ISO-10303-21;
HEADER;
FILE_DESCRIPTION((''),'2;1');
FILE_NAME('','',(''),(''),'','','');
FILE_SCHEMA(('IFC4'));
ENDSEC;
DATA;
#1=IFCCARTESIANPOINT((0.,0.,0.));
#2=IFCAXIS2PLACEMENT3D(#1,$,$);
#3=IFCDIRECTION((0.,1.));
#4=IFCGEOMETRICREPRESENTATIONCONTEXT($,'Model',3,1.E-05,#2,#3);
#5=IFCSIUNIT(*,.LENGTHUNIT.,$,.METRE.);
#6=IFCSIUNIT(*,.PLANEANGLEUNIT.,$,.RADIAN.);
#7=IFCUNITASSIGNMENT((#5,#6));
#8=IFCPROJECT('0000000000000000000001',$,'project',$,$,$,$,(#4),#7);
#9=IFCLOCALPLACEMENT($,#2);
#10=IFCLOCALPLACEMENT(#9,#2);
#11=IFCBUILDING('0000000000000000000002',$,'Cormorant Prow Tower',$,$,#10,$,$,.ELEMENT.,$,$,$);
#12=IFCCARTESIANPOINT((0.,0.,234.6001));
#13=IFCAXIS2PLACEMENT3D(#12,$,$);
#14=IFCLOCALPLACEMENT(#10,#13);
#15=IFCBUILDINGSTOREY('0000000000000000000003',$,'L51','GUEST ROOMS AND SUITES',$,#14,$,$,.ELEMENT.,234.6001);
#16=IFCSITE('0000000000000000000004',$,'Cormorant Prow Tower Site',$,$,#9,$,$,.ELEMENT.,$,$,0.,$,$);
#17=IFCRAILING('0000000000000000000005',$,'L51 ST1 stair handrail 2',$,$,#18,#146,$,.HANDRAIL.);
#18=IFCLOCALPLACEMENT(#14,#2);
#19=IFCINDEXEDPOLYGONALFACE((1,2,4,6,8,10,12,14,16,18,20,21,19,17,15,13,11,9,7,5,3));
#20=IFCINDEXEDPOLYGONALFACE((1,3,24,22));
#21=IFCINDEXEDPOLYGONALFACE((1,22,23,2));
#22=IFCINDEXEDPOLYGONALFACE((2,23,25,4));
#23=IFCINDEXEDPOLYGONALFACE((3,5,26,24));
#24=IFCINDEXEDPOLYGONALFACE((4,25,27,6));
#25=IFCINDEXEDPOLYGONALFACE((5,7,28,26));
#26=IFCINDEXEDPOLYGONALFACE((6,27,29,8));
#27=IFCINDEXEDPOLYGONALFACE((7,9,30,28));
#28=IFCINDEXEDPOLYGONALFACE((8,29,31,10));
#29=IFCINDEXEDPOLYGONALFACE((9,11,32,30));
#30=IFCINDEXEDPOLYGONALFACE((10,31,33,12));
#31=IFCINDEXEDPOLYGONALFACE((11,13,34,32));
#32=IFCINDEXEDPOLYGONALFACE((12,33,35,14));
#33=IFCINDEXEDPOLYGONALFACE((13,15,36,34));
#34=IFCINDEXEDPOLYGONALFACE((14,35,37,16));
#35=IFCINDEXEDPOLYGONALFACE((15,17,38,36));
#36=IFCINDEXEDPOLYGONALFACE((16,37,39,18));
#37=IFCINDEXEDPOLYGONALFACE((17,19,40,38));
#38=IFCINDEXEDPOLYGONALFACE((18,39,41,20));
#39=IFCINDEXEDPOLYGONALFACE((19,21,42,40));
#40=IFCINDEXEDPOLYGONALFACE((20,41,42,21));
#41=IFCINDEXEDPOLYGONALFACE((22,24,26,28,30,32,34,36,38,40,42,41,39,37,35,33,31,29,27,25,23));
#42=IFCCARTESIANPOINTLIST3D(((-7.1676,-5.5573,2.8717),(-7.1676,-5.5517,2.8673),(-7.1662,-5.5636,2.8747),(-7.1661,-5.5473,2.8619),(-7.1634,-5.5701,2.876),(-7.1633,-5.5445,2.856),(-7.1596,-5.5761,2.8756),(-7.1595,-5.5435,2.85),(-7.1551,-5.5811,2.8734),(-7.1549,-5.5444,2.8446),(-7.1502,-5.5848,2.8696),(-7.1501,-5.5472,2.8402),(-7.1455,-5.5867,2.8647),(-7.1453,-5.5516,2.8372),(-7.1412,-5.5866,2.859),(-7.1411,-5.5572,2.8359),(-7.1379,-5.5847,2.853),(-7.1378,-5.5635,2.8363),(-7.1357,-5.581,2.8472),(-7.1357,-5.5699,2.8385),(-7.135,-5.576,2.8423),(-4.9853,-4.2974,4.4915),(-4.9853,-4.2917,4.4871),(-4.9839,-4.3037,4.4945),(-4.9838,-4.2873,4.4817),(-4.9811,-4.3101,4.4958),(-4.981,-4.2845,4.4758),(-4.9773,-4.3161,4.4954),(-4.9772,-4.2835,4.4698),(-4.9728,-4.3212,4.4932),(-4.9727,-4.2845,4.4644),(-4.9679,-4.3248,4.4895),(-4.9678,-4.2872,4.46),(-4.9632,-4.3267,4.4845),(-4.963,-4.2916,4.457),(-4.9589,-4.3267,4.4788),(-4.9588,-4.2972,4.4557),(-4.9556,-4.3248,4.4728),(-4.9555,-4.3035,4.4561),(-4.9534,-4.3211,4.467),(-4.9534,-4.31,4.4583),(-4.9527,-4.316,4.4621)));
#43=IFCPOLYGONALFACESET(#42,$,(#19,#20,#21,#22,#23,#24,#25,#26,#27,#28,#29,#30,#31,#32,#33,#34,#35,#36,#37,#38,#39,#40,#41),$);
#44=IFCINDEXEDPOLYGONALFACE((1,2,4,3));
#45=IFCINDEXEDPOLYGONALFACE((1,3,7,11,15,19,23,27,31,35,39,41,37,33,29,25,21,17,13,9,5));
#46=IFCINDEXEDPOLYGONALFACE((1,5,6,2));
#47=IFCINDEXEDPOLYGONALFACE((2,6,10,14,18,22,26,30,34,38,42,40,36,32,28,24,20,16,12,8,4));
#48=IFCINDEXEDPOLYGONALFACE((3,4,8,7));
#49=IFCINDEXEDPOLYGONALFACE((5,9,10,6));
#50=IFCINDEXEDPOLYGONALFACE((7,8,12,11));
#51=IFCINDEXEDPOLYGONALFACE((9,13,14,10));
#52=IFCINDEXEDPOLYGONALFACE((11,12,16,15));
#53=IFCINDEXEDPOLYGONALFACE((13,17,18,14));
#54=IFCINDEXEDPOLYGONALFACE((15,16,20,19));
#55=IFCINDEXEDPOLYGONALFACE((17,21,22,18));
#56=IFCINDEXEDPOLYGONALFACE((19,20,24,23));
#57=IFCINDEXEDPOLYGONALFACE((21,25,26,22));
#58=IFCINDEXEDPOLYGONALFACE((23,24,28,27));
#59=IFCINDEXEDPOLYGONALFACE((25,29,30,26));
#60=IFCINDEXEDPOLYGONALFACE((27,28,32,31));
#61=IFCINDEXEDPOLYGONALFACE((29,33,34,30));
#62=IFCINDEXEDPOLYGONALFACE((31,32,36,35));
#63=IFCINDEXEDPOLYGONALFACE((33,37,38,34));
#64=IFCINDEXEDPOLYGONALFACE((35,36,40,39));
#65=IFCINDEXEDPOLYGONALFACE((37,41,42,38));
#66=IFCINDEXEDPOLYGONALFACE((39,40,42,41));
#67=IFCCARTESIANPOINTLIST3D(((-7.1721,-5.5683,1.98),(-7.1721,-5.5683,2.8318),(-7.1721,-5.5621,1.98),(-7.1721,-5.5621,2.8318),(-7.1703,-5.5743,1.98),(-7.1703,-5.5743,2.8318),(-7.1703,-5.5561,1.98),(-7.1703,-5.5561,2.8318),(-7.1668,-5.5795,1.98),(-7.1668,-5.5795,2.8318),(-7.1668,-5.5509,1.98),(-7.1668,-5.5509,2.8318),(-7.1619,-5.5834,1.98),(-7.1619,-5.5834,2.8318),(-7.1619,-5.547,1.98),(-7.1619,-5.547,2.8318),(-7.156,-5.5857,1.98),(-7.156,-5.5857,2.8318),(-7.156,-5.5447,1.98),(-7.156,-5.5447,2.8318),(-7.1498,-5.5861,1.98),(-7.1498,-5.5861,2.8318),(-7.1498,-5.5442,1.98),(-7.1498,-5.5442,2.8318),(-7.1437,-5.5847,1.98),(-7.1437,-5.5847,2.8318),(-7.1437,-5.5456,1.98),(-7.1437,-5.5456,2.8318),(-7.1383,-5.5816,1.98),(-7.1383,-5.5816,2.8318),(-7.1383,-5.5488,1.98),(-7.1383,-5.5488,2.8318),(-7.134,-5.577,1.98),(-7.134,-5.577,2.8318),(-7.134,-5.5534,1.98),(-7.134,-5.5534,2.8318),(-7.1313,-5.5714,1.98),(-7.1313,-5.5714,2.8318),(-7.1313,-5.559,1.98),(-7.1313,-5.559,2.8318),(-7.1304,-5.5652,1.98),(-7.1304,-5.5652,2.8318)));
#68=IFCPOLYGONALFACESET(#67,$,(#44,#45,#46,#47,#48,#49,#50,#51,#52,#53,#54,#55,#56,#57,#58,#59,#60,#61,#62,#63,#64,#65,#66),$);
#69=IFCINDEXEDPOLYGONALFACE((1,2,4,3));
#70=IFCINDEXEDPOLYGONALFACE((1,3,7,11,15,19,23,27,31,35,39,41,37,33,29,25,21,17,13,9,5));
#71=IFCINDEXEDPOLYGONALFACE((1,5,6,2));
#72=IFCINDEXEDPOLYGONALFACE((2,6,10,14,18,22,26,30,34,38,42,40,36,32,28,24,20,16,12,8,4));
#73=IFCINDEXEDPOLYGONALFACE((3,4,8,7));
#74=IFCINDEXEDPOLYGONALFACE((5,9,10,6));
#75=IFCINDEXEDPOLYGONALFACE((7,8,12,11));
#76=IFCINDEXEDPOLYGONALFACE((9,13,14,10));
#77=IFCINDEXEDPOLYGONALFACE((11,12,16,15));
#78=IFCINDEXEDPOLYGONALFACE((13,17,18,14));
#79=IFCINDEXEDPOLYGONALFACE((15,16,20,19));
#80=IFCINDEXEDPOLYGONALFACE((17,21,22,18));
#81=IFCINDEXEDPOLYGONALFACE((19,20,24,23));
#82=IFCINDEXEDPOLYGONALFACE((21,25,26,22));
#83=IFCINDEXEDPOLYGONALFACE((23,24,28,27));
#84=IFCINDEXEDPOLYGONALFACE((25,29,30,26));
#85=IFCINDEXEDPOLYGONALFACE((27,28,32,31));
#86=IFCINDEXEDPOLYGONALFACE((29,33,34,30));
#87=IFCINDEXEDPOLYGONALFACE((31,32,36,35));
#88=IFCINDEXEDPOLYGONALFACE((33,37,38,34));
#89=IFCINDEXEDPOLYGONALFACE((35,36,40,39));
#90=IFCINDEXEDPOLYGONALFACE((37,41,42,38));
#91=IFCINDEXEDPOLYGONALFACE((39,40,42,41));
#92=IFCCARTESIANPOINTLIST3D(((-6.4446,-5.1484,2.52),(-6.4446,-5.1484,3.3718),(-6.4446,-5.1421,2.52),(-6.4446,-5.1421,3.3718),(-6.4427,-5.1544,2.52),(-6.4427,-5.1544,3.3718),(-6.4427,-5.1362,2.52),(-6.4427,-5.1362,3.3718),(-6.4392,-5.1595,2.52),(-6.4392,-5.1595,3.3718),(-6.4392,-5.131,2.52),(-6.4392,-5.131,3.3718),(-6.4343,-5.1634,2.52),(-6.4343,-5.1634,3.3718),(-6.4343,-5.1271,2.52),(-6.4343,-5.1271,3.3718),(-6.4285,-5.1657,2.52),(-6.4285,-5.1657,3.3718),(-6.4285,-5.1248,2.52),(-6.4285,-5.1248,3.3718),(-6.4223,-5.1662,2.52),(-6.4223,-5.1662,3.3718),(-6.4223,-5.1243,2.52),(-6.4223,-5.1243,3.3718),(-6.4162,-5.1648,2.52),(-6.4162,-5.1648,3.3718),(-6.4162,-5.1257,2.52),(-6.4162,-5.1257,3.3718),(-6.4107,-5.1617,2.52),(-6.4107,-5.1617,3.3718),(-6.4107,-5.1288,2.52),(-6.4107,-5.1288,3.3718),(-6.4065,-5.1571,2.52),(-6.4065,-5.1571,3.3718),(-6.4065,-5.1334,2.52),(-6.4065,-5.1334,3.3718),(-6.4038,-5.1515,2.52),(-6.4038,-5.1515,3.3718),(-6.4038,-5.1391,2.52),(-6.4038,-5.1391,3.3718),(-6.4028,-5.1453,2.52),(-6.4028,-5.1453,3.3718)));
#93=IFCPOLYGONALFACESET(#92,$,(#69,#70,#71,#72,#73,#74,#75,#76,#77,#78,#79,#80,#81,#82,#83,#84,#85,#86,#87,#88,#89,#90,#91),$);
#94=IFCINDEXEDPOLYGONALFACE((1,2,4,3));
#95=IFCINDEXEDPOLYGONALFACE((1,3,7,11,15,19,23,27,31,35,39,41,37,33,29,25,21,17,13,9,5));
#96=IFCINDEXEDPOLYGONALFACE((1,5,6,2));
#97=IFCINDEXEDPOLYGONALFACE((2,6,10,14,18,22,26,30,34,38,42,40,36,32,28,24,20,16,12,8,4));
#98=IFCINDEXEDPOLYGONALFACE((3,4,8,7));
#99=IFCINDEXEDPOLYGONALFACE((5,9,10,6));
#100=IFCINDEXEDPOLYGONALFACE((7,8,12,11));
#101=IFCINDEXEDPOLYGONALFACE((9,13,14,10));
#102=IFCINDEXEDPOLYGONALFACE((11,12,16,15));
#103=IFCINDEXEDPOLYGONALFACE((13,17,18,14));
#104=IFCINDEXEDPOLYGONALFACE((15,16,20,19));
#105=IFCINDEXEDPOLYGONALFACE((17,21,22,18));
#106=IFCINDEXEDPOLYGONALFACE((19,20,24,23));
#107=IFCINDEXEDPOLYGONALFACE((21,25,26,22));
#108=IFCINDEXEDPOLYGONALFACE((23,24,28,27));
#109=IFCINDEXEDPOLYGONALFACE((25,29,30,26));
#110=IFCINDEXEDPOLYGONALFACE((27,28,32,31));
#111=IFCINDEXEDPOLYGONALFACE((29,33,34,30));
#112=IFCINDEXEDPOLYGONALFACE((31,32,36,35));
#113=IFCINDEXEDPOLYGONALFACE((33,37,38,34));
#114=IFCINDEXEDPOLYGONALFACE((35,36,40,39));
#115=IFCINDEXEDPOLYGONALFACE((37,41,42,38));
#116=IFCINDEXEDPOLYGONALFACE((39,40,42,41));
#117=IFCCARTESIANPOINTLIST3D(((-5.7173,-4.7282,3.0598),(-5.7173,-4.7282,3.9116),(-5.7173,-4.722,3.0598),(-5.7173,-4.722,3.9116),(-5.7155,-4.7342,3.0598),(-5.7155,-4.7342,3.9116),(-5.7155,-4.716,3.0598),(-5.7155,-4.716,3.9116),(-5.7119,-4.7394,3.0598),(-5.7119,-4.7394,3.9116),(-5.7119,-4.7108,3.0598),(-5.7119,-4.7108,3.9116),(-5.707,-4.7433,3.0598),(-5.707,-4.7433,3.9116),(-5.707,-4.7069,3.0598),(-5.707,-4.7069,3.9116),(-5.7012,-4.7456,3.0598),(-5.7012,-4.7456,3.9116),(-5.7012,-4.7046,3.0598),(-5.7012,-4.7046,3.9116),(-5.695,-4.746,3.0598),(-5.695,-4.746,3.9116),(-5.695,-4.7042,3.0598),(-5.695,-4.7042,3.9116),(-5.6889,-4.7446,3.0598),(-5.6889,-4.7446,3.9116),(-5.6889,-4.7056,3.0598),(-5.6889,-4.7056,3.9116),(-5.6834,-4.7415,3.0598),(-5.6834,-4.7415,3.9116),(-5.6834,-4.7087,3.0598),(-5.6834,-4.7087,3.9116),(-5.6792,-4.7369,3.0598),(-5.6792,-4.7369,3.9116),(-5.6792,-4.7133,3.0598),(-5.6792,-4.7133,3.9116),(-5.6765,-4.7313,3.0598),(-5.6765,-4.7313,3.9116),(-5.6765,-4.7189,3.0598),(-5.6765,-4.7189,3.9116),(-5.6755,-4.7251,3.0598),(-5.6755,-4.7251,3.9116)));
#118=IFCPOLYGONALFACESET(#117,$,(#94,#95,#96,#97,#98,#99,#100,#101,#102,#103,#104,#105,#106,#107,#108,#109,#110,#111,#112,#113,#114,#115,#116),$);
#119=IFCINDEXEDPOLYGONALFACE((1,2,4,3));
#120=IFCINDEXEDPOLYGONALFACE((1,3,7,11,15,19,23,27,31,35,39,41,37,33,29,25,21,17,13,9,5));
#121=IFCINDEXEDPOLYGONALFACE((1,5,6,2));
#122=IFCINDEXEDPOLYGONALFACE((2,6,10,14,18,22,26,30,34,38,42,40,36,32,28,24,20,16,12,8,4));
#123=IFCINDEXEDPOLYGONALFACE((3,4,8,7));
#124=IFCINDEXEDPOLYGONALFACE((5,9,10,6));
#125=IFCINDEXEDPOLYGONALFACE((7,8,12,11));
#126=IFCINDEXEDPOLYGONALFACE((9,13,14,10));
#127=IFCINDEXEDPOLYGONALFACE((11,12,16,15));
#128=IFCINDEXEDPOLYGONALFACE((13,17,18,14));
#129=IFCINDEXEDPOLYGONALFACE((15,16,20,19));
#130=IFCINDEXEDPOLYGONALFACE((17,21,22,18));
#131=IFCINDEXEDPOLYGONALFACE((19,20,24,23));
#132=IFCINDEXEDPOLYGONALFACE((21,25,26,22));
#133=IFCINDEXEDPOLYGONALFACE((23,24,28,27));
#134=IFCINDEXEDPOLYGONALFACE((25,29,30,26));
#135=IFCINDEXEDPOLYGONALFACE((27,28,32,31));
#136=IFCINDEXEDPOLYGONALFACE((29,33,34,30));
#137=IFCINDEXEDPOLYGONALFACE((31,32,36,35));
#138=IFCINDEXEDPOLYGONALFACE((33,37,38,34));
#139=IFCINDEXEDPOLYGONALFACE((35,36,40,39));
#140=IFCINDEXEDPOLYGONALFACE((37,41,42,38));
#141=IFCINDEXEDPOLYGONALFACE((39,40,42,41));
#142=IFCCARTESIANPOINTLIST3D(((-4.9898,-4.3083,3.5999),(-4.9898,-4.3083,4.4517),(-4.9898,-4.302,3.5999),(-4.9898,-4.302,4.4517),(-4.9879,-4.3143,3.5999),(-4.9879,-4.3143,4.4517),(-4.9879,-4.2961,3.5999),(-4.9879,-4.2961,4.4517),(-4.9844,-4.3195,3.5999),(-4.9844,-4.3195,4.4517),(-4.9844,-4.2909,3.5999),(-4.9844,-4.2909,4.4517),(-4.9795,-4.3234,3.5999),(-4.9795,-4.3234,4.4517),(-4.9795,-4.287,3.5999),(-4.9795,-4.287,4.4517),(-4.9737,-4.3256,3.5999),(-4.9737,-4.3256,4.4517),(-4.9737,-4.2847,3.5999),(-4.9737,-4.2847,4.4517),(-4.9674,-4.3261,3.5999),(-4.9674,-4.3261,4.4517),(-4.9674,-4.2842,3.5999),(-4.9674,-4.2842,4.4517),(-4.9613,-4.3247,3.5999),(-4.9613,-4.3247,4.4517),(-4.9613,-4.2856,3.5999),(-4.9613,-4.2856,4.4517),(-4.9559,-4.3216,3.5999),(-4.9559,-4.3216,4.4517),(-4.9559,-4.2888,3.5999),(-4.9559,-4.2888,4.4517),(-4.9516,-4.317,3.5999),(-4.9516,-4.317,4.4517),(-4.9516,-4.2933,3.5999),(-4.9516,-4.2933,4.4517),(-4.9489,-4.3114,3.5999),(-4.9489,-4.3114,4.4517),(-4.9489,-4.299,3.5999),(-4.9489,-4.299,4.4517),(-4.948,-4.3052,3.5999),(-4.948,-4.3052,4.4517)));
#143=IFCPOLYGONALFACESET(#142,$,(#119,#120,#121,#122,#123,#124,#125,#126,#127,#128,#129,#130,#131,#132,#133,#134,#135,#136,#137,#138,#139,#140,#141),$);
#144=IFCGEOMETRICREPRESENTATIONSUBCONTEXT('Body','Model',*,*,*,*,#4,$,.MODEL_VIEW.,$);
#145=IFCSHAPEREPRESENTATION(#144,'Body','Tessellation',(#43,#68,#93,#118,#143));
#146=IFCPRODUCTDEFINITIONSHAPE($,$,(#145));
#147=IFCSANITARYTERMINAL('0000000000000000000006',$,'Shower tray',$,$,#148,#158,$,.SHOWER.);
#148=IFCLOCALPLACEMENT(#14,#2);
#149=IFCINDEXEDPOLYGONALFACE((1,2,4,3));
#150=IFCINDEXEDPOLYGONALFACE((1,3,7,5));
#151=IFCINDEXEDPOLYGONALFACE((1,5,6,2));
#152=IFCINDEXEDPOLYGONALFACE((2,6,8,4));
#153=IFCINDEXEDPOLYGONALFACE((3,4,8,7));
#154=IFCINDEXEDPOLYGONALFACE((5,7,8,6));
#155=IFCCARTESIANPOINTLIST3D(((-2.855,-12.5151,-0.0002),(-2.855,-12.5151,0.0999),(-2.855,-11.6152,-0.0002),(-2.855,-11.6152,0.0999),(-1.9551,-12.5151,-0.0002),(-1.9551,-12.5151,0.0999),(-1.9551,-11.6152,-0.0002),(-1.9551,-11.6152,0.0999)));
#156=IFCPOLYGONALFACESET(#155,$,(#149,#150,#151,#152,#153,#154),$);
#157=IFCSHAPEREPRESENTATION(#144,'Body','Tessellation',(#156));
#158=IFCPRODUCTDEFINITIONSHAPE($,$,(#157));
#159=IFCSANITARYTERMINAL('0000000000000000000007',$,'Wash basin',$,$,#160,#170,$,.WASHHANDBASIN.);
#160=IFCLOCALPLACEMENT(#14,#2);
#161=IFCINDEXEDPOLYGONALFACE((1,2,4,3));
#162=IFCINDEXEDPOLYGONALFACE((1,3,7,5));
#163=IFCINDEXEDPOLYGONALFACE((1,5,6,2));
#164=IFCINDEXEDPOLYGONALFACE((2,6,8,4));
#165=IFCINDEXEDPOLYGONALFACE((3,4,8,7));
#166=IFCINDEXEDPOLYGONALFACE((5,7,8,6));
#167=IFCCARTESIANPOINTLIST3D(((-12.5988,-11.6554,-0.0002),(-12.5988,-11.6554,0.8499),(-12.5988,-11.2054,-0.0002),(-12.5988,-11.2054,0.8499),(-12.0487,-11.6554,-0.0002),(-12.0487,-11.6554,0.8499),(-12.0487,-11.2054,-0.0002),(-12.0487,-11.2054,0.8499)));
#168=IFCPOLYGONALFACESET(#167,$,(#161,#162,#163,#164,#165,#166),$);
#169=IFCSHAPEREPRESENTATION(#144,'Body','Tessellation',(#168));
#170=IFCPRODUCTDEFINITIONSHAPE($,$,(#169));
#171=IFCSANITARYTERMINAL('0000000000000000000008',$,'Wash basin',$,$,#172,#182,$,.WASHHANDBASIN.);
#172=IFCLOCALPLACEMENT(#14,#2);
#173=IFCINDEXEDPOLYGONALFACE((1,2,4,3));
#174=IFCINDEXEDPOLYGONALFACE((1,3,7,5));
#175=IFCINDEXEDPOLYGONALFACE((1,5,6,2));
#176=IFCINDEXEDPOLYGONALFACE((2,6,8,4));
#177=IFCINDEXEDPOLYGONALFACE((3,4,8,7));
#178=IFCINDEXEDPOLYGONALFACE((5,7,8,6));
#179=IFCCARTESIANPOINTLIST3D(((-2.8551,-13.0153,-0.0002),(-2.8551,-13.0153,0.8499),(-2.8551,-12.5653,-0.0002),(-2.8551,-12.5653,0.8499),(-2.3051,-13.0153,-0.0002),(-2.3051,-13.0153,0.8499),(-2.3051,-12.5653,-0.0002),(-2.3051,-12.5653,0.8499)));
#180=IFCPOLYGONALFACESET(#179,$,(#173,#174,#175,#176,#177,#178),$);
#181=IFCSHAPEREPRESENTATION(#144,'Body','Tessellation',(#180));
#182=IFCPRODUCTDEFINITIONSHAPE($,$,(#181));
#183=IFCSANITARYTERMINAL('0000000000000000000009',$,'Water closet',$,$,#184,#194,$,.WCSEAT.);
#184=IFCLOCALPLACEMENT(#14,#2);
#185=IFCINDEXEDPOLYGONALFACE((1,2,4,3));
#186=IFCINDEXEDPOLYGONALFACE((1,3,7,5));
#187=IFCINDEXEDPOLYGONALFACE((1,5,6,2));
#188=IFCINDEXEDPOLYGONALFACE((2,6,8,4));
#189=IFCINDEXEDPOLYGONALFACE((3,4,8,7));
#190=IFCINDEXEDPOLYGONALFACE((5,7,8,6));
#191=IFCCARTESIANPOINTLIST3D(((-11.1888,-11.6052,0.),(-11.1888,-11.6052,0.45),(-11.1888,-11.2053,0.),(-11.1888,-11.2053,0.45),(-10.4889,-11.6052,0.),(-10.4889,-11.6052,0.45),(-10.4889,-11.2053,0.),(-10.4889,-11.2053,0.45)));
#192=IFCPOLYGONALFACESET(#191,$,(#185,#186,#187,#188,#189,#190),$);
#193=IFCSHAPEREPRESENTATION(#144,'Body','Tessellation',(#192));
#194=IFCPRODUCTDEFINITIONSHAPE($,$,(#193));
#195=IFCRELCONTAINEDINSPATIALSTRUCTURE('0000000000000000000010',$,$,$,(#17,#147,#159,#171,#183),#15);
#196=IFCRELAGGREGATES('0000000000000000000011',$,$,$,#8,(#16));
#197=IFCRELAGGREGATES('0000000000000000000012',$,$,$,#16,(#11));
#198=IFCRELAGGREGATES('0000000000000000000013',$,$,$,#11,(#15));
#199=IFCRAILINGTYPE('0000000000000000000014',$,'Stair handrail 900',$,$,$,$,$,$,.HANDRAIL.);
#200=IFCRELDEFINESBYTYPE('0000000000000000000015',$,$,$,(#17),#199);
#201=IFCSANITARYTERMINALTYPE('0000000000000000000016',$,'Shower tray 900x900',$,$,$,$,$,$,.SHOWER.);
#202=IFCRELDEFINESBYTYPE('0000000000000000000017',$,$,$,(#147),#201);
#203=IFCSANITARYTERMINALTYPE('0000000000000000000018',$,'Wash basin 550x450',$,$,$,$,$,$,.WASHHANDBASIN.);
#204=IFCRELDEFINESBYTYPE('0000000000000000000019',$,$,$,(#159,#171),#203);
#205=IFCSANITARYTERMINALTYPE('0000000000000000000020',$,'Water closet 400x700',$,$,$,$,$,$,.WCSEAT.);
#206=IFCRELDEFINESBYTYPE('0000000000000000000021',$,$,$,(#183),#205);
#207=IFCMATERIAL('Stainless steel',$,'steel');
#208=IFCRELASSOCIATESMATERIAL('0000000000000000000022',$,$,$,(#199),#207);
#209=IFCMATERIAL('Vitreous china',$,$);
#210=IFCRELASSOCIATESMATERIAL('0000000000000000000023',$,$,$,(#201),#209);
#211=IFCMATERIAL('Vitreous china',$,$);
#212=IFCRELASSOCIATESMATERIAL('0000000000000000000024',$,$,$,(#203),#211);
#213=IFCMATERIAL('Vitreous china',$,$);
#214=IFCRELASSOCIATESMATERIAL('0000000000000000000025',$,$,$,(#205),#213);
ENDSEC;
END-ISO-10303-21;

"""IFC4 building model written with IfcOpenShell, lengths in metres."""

from ifc_helpers import new_model, si_unit, direction, frame, origin, origin_2d, place, context, subcontext, project, spatial, rectangle, circle, extrude, material, type_object, element, save


model = new_model("IFC4")

# Units and contexts
model_context = context("Model", 3, precision=1e-05, world=origin(), true_north=direction((0.0, 1.0)))
body_context = subcontext(model_context, "Body", "Model", "MODEL_VIEW")
ifc_project = project(units=[si_unit("LENGTHUNIT", "METRE"), si_unit("PLANEANGLEUNIT", "RADIAN")], contexts=[model_context])

# Site, building, storey
site_placement = place(None, origin())
site = spatial("IfcSite", under=ifc_project, at=site_placement, Name="Cormorant Prow Tower Site", CompositionType="ELEMENT", RefElevation=0.0)
building_placement = place(site_placement, origin())
building = spatial("IfcBuilding", under=site, at=building_placement, Name="Cormorant Prow Tower", CompositionType="ELEMENT")
storey_placement = place(building_placement, frame((0.0, 0.0, 234.6001)))
storey = spatial("IfcBuildingStorey", under=building, at=storey_placement, Name="L51", Description="GUEST ROOMS AND SUITES", CompositionType="ELEMENT", Elevation=234.6001)

# Railing
ifc_material_1 = material(Name="Stainless steel", Category="steel")
railing_type_1 = type_object("IfcRailingType", Name="Stair handrail 900", PredefinedType="HANDRAIL", material=ifc_material_1)
railing_1_placement = place(storey_placement, frame((-7.1514, -5.5652, 1.98)))
element("IfcRailing", 1, at=railing_1_placement, inside=storey, type_object=railing_type_1, Name="L51 ST1 stair handrail 2", PredefinedType="HANDRAIL", context=body_context, shape_type="SweptSolid", body=[
    extrude(circle(Radius=0.0239, at=origin_2d()), frame((0.0, 0.0, 0.876), z_axis=(0.728496, 0.420603, 0.540728), x_axis=(-0.500005, 0.866023, 0.0)), (0.0, 0.0, 1.0), 2.9956),
    extrude(circle(Radius=0.021, at=origin_2d()), origin(), (0.0, 0.0, 1.0), 0.8518),
    extrude(circle(Radius=0.021, at=origin_2d()), frame((0.7275, 0.4199, 0.54)), (0.0, 0.0, 1.0), 0.8518),
    extrude(circle(Radius=0.021, at=origin_2d()), frame((1.4548, 0.8401, 1.0798)), (0.0, 0.0, 1.0), 0.8518),
    extrude(circle(Radius=0.021, at=origin_2d()), frame((2.1824, 1.26, 1.6199)), (0.0, 0.0, 1.0), 0.8518),
])

# Sanitary terminals
ifc_material_2 = material(Name="Vitreous china")
sanitary_terminal_type_1 = type_object("IfcSanitaryTerminalType", Name="Shower tray 900x900", PredefinedType="SHOWER", material=ifc_material_2)
sanitary_terminal_1_placement = place(storey_placement, frame((-2.405, -12.0652, -0.0002), z_axis=(0.0, 0.0, 1.0), x_axis=(1.0, 0.0, 0.0)))
element("IfcSanitaryTerminal", 2, at=sanitary_terminal_1_placement, inside=storey, type_object=sanitary_terminal_type_1, Name="Shower tray", PredefinedType="SHOWER", context=body_context, shape_type="SweptSolid", body=[
    extrude(rectangle(XDim=0.8999, YDim=0.8999, at=origin_2d()), origin(), (0.0, 0.0, 1.0), 0.1001),
])
ifc_material_3 = material(Name="Vitreous china")
sanitary_terminal_type_2 = type_object("IfcSanitaryTerminalType", Name="Wash basin 550x450", PredefinedType="WASHHANDBASIN", material=ifc_material_3)
for number, where, z_axis, x_axis, name in (
    (3, (-12.3237, -11.4304, -0.0002), (0.0, 0.0, 1.0), (1.0, 0.0, 0.0), "Wash basin"),
    (4, (-2.5801, -12.7903, -0.0002), (0.0, 0.0, 1.0), (1.0, 0.0, 0.0), "Wash basin"),
):
    element("IfcSanitaryTerminal", number, at=place(storey_placement, frame(where, z_axis=z_axis, x_axis=x_axis)), inside=storey, type_object=sanitary_terminal_type_2, Name=name, PredefinedType="WASHHANDBASIN", context=body_context, shape_type="SweptSolid", body=[
        extrude(rectangle(XDim=0.55, YDim=0.45, at=origin_2d()), origin(), (0.0, 0.0, 1.0), 0.8501),
    ])
ifc_material_4 = material(Name="Vitreous china")
sanitary_terminal_type_3 = type_object("IfcSanitaryTerminalType", Name="Water closet 400x700", PredefinedType="WCSEAT", material=ifc_material_4)
sanitary_terminal_2_placement = place(storey_placement, frame((-10.8389, -11.4053, 0.0), z_axis=(0.0, 0.0, 1.0), x_axis=(0.0, -1.0, 0.0)))
element("IfcSanitaryTerminal", 5, at=sanitary_terminal_2_placement, inside=storey, type_object=sanitary_terminal_type_3, Name="Water closet", PredefinedType="WCSEAT", context=body_context, shape_type="SweptSolid", body=[
    extrude(rectangle(XDim=0.3999, YDim=0.7, at=origin_2d()), origin(), (0.0, 0.0, 1.0), 0.45),
])

save(model, "model.ifc")
